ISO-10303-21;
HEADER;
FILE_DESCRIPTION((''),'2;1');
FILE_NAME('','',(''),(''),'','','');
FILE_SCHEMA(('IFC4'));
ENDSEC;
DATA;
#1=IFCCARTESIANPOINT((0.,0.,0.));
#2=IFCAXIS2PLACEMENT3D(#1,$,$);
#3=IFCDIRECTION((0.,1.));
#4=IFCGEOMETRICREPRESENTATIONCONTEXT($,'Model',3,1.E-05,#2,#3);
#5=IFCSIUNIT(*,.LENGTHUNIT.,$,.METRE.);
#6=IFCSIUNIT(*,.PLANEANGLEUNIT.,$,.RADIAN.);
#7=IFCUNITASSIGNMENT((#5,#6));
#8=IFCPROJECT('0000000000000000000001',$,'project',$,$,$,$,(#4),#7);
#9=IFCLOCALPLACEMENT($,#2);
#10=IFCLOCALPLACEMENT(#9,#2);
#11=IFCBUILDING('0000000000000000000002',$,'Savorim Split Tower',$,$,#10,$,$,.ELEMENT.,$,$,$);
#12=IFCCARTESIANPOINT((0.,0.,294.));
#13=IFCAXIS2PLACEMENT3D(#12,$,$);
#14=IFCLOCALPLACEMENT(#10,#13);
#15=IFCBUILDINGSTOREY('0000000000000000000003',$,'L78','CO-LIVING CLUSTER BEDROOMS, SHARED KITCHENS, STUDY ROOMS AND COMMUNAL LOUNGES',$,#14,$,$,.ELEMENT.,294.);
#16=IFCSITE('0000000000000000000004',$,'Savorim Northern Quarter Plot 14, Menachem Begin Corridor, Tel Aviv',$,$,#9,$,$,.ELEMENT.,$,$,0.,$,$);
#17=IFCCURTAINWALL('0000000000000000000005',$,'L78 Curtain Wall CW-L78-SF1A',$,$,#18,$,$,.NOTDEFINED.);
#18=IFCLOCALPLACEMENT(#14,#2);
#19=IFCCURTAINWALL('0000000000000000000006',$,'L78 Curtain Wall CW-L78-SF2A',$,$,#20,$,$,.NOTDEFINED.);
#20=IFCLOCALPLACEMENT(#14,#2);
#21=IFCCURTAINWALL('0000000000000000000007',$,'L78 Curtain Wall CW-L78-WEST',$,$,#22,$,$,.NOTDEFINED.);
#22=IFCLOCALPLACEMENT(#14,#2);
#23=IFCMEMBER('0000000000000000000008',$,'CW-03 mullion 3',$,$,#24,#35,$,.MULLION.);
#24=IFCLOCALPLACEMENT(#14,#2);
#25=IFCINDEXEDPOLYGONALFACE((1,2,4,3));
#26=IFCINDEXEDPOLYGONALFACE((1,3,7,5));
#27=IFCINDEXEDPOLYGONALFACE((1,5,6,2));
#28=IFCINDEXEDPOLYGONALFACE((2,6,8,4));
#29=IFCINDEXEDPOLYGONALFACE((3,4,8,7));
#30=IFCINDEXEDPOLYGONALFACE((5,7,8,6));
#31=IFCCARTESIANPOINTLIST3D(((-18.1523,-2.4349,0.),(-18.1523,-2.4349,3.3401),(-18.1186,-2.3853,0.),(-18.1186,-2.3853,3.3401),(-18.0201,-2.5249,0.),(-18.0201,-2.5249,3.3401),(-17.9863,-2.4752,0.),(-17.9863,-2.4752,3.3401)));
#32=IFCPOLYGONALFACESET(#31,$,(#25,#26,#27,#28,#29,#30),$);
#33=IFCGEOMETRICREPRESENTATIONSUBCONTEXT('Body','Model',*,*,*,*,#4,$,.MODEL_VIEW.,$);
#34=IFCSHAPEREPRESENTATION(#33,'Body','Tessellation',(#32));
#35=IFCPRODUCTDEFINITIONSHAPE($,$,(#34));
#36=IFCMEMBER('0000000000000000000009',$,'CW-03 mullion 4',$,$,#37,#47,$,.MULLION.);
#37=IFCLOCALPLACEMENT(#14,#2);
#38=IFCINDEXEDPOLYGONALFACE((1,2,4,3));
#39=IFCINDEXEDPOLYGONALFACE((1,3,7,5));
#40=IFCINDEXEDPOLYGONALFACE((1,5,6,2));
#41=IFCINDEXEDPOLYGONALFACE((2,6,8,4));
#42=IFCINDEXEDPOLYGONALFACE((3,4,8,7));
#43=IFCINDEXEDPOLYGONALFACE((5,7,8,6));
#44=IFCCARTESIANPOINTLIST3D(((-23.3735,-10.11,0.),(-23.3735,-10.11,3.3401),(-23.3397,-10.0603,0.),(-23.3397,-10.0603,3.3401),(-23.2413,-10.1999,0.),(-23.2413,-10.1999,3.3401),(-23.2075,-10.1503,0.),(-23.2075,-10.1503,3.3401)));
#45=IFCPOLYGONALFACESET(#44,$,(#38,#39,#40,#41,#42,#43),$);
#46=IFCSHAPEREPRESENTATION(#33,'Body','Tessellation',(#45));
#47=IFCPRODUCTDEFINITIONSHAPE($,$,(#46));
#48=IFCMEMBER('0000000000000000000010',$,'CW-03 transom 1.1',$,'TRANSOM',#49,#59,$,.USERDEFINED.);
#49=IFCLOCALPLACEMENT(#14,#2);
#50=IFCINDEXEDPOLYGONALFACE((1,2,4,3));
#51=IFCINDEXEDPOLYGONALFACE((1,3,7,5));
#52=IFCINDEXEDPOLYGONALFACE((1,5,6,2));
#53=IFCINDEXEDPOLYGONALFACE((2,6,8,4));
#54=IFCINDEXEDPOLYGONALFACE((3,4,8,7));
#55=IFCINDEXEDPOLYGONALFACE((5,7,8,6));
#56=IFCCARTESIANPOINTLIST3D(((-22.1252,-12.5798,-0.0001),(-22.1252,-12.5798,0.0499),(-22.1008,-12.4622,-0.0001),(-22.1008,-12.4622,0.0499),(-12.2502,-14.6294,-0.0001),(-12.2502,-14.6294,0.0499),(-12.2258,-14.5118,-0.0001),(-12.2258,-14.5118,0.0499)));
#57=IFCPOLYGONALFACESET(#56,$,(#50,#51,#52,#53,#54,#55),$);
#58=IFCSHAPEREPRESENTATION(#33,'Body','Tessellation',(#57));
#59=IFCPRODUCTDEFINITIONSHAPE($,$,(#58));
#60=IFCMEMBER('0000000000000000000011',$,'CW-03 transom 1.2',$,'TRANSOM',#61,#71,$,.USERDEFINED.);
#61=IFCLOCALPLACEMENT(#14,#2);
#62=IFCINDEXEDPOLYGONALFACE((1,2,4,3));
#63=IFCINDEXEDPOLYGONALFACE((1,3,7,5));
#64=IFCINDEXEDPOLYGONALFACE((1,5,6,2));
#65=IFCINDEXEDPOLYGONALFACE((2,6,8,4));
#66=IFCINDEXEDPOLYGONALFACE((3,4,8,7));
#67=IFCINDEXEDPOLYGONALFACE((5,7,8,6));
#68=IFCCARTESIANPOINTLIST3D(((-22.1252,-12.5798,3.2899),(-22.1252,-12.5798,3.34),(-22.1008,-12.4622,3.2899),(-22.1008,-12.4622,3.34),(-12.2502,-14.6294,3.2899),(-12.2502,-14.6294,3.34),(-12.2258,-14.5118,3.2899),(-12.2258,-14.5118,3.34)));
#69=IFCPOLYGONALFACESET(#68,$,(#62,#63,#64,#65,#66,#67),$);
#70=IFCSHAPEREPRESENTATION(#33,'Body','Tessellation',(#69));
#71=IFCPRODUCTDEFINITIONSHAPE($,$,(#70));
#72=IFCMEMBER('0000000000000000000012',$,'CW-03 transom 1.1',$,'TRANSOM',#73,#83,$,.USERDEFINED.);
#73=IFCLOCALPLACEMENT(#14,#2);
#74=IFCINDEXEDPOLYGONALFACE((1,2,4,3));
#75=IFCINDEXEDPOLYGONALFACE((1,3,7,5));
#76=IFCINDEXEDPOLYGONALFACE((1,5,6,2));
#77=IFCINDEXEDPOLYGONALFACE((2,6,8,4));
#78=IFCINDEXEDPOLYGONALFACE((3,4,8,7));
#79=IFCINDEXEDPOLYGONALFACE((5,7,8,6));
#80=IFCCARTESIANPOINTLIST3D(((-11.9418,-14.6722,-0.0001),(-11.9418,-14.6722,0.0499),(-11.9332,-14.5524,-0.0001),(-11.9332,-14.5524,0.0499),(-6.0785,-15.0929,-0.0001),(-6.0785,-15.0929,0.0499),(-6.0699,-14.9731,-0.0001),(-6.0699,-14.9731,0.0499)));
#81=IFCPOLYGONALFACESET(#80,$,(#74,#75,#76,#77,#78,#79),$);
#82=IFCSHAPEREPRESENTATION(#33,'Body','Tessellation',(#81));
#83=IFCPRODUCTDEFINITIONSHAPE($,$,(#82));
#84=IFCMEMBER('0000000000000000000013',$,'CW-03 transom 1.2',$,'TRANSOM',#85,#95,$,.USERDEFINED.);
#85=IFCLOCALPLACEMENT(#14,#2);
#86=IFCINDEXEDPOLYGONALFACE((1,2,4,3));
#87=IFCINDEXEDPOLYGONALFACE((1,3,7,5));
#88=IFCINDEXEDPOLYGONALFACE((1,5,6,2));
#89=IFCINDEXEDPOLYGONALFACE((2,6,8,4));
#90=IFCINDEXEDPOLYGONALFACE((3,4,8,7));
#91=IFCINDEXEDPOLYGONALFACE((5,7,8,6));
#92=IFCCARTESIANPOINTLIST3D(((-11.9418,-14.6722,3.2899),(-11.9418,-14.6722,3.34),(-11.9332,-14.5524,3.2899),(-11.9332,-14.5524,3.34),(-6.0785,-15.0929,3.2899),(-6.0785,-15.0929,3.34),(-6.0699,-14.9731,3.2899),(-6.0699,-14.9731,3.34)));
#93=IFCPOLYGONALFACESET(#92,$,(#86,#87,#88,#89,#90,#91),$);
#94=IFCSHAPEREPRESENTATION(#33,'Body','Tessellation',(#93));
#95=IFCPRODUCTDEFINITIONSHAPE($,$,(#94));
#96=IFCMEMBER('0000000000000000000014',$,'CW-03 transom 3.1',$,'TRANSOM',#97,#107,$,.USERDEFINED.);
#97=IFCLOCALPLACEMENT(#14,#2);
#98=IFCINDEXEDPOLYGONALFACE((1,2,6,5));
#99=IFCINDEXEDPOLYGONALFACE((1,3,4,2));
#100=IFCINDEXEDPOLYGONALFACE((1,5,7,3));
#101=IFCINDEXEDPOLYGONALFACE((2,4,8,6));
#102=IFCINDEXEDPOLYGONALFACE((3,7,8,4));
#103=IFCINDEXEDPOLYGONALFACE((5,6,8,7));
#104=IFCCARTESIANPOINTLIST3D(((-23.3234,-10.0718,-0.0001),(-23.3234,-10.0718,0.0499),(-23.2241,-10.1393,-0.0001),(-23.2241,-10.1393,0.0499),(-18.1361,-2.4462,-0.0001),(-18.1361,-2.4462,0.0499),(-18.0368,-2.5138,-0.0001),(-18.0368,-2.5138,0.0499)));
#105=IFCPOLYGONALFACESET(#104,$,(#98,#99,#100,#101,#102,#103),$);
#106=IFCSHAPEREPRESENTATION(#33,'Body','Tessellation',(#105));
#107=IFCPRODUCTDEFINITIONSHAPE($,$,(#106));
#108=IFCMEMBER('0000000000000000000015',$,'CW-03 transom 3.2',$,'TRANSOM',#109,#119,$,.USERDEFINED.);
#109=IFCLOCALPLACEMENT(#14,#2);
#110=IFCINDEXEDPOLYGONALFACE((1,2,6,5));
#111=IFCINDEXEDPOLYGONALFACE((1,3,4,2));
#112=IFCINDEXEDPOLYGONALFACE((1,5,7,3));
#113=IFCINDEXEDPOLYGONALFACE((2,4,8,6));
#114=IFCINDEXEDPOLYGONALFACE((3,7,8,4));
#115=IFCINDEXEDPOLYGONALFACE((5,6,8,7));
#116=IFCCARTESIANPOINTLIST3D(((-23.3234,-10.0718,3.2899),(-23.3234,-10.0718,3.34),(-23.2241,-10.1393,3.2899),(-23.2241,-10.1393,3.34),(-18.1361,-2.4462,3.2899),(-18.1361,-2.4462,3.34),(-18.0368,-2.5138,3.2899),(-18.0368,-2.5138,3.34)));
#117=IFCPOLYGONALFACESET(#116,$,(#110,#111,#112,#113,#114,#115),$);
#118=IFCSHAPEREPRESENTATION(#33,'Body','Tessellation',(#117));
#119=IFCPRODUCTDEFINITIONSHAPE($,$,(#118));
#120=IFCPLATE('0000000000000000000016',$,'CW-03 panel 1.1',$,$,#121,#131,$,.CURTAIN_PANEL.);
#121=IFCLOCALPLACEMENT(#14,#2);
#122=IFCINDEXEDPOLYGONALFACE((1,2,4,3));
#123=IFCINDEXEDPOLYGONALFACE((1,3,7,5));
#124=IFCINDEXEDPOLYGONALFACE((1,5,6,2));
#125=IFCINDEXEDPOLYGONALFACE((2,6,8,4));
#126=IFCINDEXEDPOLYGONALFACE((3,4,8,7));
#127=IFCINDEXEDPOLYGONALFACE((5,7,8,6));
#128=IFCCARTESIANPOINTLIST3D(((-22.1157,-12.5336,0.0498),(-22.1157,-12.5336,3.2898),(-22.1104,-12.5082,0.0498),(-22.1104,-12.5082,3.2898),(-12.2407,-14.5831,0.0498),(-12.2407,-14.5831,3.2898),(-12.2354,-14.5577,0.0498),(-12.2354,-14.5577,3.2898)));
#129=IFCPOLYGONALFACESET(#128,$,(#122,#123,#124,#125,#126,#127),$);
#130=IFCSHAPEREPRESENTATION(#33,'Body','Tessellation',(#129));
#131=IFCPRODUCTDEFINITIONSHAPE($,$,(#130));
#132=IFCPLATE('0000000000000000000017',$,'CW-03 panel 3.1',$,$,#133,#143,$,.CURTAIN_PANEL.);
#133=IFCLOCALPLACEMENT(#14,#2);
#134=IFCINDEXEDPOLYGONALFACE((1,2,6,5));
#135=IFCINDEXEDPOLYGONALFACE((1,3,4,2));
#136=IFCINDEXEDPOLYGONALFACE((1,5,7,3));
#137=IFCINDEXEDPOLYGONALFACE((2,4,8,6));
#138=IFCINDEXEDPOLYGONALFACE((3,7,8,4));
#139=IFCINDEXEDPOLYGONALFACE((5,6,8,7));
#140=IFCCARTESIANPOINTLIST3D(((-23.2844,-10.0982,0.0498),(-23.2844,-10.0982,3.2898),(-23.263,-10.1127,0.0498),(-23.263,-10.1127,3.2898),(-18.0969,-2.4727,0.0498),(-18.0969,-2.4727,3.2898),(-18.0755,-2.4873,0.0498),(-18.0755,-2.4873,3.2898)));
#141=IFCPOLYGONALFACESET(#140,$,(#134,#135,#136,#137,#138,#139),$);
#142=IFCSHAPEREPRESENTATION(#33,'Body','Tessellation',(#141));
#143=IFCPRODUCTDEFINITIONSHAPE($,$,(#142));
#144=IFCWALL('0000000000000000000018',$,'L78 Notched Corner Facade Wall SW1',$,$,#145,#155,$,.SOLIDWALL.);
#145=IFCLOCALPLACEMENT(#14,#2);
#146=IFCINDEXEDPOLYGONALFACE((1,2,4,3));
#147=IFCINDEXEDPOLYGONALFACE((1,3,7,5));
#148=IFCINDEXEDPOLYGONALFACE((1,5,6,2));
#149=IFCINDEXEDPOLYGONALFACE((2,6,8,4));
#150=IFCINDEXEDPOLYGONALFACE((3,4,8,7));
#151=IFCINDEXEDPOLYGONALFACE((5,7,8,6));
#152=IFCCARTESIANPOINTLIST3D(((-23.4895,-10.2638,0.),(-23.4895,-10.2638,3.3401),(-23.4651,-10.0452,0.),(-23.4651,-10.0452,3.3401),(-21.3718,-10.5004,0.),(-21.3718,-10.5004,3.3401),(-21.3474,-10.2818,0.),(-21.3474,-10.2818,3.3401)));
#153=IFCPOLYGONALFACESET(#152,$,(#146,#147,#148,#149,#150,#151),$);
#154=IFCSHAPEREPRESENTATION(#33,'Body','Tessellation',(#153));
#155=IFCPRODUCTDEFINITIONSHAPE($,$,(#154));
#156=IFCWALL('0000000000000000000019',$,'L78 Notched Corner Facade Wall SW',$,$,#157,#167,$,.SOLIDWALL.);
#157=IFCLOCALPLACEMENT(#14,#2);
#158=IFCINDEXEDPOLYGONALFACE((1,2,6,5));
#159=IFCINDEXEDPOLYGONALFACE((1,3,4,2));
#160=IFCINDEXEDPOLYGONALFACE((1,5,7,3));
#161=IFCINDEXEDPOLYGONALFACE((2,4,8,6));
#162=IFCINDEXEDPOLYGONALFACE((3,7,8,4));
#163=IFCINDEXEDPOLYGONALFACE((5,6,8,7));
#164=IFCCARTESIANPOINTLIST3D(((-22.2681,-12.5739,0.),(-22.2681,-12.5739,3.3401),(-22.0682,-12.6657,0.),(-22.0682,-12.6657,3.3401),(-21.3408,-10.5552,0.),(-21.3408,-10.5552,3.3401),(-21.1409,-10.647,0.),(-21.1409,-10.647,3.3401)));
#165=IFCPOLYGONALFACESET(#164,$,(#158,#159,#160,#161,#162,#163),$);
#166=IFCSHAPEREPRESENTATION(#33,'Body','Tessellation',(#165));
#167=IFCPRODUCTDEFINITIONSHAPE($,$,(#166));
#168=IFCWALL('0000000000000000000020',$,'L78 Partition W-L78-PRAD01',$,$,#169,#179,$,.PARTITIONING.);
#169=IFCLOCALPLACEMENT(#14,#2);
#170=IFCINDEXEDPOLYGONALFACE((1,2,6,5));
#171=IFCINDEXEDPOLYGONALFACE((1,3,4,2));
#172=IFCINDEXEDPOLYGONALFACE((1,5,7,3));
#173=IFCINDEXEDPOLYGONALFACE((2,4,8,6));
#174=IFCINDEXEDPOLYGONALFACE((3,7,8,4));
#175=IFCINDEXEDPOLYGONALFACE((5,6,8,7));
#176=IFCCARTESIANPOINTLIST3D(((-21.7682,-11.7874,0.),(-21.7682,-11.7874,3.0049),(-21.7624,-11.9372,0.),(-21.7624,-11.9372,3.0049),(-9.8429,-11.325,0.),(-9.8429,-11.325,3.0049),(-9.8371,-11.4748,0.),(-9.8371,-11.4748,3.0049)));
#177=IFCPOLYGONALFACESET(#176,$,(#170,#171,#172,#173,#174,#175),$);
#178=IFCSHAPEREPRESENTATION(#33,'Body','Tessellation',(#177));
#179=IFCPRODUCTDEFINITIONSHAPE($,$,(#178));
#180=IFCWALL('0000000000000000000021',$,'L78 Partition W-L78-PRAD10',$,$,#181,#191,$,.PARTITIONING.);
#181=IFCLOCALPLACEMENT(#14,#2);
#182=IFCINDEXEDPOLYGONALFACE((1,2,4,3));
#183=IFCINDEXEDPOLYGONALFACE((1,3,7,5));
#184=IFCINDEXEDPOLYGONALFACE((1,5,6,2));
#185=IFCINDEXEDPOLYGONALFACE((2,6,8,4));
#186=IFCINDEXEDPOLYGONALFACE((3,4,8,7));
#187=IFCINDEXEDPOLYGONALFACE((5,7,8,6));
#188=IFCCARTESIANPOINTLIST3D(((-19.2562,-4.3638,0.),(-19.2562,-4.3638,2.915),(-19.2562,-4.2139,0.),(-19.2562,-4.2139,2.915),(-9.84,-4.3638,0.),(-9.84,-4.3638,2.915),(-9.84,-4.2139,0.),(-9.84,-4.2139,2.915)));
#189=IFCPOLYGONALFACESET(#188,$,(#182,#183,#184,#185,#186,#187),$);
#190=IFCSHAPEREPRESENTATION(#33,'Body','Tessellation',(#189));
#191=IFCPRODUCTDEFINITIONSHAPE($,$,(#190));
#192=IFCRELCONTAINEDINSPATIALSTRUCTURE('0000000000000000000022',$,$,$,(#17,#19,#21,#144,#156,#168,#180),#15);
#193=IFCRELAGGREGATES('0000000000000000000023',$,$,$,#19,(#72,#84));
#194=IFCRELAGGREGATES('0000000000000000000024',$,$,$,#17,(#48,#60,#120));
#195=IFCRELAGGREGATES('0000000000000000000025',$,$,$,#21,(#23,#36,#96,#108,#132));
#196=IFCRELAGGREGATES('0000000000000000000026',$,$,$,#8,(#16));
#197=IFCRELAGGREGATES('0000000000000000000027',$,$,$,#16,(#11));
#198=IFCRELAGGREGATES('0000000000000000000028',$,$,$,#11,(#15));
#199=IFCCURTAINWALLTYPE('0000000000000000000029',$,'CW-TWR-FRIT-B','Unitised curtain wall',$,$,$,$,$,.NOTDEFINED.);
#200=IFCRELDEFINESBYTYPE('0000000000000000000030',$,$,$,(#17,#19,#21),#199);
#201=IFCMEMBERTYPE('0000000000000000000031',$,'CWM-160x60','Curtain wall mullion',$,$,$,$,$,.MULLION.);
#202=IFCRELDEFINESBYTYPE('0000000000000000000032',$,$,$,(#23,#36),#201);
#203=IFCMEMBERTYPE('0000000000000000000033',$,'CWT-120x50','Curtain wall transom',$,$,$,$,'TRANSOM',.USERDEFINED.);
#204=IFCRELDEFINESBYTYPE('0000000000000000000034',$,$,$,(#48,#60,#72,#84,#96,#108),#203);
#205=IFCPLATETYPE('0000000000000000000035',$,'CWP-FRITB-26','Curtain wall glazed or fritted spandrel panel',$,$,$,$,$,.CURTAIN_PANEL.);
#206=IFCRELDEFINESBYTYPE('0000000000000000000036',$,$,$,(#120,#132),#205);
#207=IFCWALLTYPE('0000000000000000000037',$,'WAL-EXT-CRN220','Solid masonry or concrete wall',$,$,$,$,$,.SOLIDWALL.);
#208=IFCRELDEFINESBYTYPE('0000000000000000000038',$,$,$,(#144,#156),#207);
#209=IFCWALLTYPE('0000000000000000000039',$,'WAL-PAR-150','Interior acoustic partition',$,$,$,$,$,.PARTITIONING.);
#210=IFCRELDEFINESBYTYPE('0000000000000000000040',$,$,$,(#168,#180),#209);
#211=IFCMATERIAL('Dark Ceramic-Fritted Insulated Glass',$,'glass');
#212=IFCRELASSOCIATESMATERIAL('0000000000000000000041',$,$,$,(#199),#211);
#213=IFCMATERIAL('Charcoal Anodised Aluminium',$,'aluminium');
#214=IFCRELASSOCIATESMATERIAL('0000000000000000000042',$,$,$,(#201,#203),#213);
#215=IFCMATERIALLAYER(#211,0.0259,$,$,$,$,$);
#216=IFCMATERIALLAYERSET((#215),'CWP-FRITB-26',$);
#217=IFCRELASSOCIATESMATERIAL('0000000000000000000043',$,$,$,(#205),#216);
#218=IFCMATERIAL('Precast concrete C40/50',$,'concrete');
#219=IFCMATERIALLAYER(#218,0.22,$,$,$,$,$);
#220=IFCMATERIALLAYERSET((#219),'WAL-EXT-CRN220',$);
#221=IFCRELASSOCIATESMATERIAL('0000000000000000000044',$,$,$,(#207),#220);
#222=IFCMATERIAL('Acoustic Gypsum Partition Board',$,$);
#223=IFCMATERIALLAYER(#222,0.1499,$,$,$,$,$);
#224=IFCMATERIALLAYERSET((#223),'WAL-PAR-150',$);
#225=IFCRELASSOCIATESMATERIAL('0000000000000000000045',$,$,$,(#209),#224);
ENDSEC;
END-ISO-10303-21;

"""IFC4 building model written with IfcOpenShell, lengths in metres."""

from ifc_helpers import new_model, si_unit, direction, frame, frame_2d, origin, origin_2d, place, context, subcontext, project, spatial, rectangle, extrude, material, layer, layer_set, material_profile, profile_set, type_object, element, aggregate, save


model = new_model("IFC4")

# Units and contexts
model_context = context("Model", 3, precision=1e-05, world=origin(), true_north=direction((0.0, 1.0)))
body_context = subcontext(model_context, "Body", "Model", "MODEL_VIEW")
ifc_project = project(units=[si_unit("LENGTHUNIT", "METRE"), si_unit("PLANEANGLEUNIT", "RADIAN")], contexts=[model_context])

# Site, building, storey
site_placement = place(None, origin())
site = spatial("IfcSite", under=ifc_project, at=site_placement, Name="Savorim Northern Quarter Plot 14, Menachem Begin Corridor, Tel Aviv", CompositionType="ELEMENT", RefElevation=0.0)
building_placement = place(site_placement, origin())
building = spatial("IfcBuilding", under=site, at=building_placement, Name="Savorim Split Tower", CompositionType="ELEMENT")
storey_placement = place(building_placement, frame((0.0, 0.0, 294.0)))
storey = spatial("IfcBuildingStorey", under=building, at=storey_placement, Name="L78", Description="CO-LIVING CLUSTER BEDROOMS, SHARED KITCHENS, STUDY ROOMS AND COMMUNAL LOUNGES", CompositionType="ELEMENT", Elevation=294.0)

# Curtain wall
ifc_material_1 = material(Name="Dark Ceramic-Fritted Insulated Glass", Category="glass")
curtain_wall_type = type_object("IfcCurtainWallType", Name="CW-TWR-FRIT-B", Description="Unitised curtain wall", PredefinedType="NOTDEFINED", material=ifc_material_1)
curtain_wall_1_placement = place(storey_placement, origin())
curtain_wall_1 = element("IfcCurtainWall", 1, at=curtain_wall_1_placement, inside=storey, type_object=curtain_wall_type, Name="L78 Curtain Wall CW-L78-SF1A", PredefinedType="NOTDEFINED")
ifc_material_2 = material(Name="Charcoal Anodised Aluminium", Category="aluminium")
ifc_material_profile_1 = material_profile(ifc_material_2, rectangle(XDim=0.1599, YDim=0.0601, at=origin_2d()), Name="ALU-M 160x60")
ifc_profile_set_1 = profile_set([ifc_material_profile_1], Name="Charcoal Anodised Aluminium")
member_type_1 = type_object("IfcMemberType", Name="CWM-160x60", Description="Curtain wall mullion", PredefinedType="MULLION", material=ifc_profile_set_1)

# Curtain wall
curtain_wall_2_placement = place(storey_placement, origin())
curtain_wall_2 = element("IfcCurtainWall", 2, at=curtain_wall_2_placement, inside=storey, type_object=curtain_wall_type, Name="L78 Curtain Wall CW-L78-SF2A", PredefinedType="NOTDEFINED")

# Curtain wall, members
curtain_wall_3_placement = place(storey_placement, origin())
curtain_wall_3 = element("IfcCurtainWall", 3, at=curtain_wall_3_placement, inside=storey, type_object=curtain_wall_type, Name="L78 Curtain Wall CW-L78-WEST", PredefinedType="NOTDEFINED")
member_1_placement = place(storey_placement, frame((-18.0693, -2.4551, 0.0), z_axis=(0.0, 0.0, 1.0), x_axis=(0.826818, -0.56247, 0.0)))
member_1 = element("IfcMember", 4, at=member_1_placement, type_object=member_type_1, Name="CW-03 mullion 3", PredefinedType="MULLION", context=body_context, shape_type="SweptSolid", body=[
    extrude(rectangle(XDim=0.1599, YDim=0.0601, at=origin_2d()), origin(), (0.0, 0.0, 1.0), 3.3401),
])
member_2_placement = place(storey_placement, frame((-23.2905, -10.1301, 0.0), z_axis=(0.0, 0.0, 1.0), x_axis=(0.826818, -0.56247, 0.0)))
member_2 = element("IfcMember", 5, at=member_2_placement, type_object=member_type_1, Name="CW-03 mullion 4", PredefinedType="MULLION", context=body_context, shape_type="SweptSolid", body=[
    extrude(rectangle(XDim=0.1599, YDim=0.0601, at=origin_2d()), origin(), (0.0, 0.0, 1.0), 3.3401),
])

# Members
ifc_material_profile_2 = material_profile(ifc_material_2, rectangle(XDim=0.1201, YDim=0.05, at=origin_2d()), Name="ALU-T 120x50")
ifc_profile_set_2 = profile_set([ifc_material_profile_2], Name="Charcoal Anodised Aluminium")
member_type_2 = type_object("IfcMemberType", Name="CWT-120x50", Description="Curtain wall transom", ElementType="TRANSOM", PredefinedType="USERDEFINED", material=ifc_profile_set_2)
member_3_placement = place(storey_placement, frame((-22.113, -12.521, 0.0249), z_axis=(0.979133, -0.20322, 0.0), x_axis=(0.20322, 0.979133, 0.0)))
member_3 = element("IfcMember", 6, at=member_3_placement, type_object=member_type_2, Name="CW-03 transom 1.1", ObjectType="TRANSOM", PredefinedType="USERDEFINED", context=body_context, shape_type="SweptSolid", body=[
    extrude(rectangle(XDim=0.1201, YDim=0.05, at=origin_2d()), origin(), (0.0, 0.0, 1.0), 10.0854),
])
member_4_placement = place(storey_placement, frame((-22.113, -12.521, 3.3149), z_axis=(0.979133, -0.20322, 0.0), x_axis=(0.20322, 0.979133, 0.0)))
member_4 = element("IfcMember", 7, at=member_4_placement, type_object=member_type_2, Name="CW-03 transom 1.2", ObjectType="TRANSOM", PredefinedType="USERDEFINED", context=body_context, shape_type="SweptSolid", body=[
    extrude(rectangle(XDim=0.1201, YDim=0.05, at=origin_2d()), origin(), (0.0, 0.0, 1.0), 10.0854),
])
member_5_placement = place(storey_placement, frame((-11.9375, -14.6123, 0.0249), z_axis=(0.997436, -0.07156, 0.0), x_axis=(0.07156, 0.997436, 0.0)))
member_5 = element("IfcMember", 8, at=member_5_placement, type_object=member_type_2, Name="CW-03 transom 1.1", ObjectType="TRANSOM", PredefinedType="USERDEFINED", context=body_context, shape_type="SweptSolid", body=[
    extrude(rectangle(XDim=0.1201, YDim=0.05, at=origin_2d()), origin(), (0.0, 0.0, 1.0), 5.8784),
])
member_6_placement = place(storey_placement, frame((-11.9375, -14.6123, 3.3149), z_axis=(0.997436, -0.07156, 0.0), x_axis=(0.07156, 0.997436, 0.0)))
member_6 = element("IfcMember", 9, at=member_6_placement, type_object=member_type_2, Name="CW-03 transom 1.2", ObjectType="TRANSOM", PredefinedType="USERDEFINED", context=body_context, shape_type="SweptSolid", body=[
    extrude(rectangle(XDim=0.1201, YDim=0.05, at=origin_2d()), origin(), (0.0, 0.0, 1.0), 5.8784),
])
aggregate(curtain_wall_2, [member_5, member_6])
member_7_placement = place(storey_placement, frame((-18.0864, -2.48, 0.0249), z_axis=(-0.562453, -0.826829, 0.0), x_axis=(0.826829, -0.562453, 0.0)))
member_7 = element("IfcMember", 10, at=member_7_placement, type_object=member_type_2, Name="CW-03 transom 3.1", ObjectType="TRANSOM", PredefinedType="USERDEFINED", context=body_context, shape_type="SweptSolid", body=[
    extrude(rectangle(XDim=0.1201, YDim=0.05, at=origin_2d()), origin(), (0.0, 0.0, 1.0), 9.2227),
])
member_8_placement = place(storey_placement, frame((-18.0864, -2.48, 3.3149), z_axis=(-0.562453, -0.826829, 0.0), x_axis=(0.826829, -0.562453, 0.0)))
member_8 = element("IfcMember", 11, at=member_8_placement, type_object=member_type_2, Name="CW-03 transom 3.2", ObjectType="TRANSOM", PredefinedType="USERDEFINED", context=body_context, shape_type="SweptSolid", body=[
    extrude(rectangle(XDim=0.1201, YDim=0.05, at=origin_2d()), origin(), (0.0, 0.0, 1.0), 9.2227),
])

# Plates
ifc_layer_1 = layer(ifc_material_1, 0.0259)
ifc_layer_set_1 = layer_set([ifc_layer_1], Name="CWP-FRITB-26")
plate_type = type_object("IfcPlateType", Name="CWP-FRITB-26", Description="Curtain wall glazed or fritted spandrel panel", PredefinedType="CURTAIN_PANEL", material=ifc_layer_set_1)
plate_1_placement = place(storey_placement, frame((-17.1755, -13.5457, 0.0498), z_axis=(0.0, 0.0, 1.0), x_axis=(0.979134, -0.203215, 0.0)))
plate_1 = element("IfcPlate", 12, at=plate_1_placement, type_object=plate_type, Name="CW-03 panel 1.1", PredefinedType="CURTAIN_PANEL", context=body_context, shape_type="SweptSolid", body=[
    extrude(rectangle(XDim=10.0854, YDim=0.0259, at=origin_2d()), origin(), (0.0, 0.0, 1.0), 3.24),
])
aggregate(curtain_wall_1, [member_3, member_4, plate_1])
plate_2_placement = place(storey_placement, frame((-20.6799, -6.2927, 0.0498), z_axis=(0.0, 0.0, 1.0), x_axis=(-0.56247, -0.826818, 0.0)))
plate_2 = element("IfcPlate", 13, at=plate_2_placement, type_object=plate_type, Name="CW-03 panel 3.1", PredefinedType="CURTAIN_PANEL", context=body_context, shape_type="SweptSolid", body=[
    extrude(rectangle(XDim=9.2227, YDim=0.0259, at=origin_2d()), origin(), (0.0, 0.0, 1.0), 3.24),
])
aggregate(curtain_wall_3, [member_1, member_2, member_7, member_8, plate_2])

# Walls
ifc_material_3 = material(Name="Precast concrete C40/50", Category="concrete")
ifc_layer_2 = layer(ifc_material_3, 0.22)
ifc_layer_set_2 = layer_set([ifc_layer_2], Name="WAL-EXT-CRN220")
wall_type_1 = type_object("IfcWallType", Name="WAL-EXT-CRN220", Description="Solid masonry or concrete wall", PredefinedType="SOLIDWALL", material=ifc_layer_set_2)
wall_1_placement = place(storey_placement, frame((-21.3596, -10.3911, 0.0), z_axis=(0.0, 0.0, 1.0), x_axis=(-0.993818, 0.111023, 0.0)))
element("IfcWall", 14, at=wall_1_placement, inside=storey, type_object=wall_type_1, Name="L78 Notched Corner Facade Wall SW1", PredefinedType="SOLIDWALL", context=body_context, shape_type="SweptSolid", body=[
    extrude(rectangle(XDim=2.1309, YDim=0.22, at=frame_2d((1.0654, 0.0))), origin(), (0.0, 0.0, 1.0), 3.3401),
])
wall_2_placement = place(storey_placement, frame((-22.1682, -12.6199, 0.0), z_axis=(0.0, 0.0, 1.0), x_axis=(0.417427, 0.908711, 0.0)))
element("IfcWall", 15, at=wall_2_placement, inside=storey, type_object=wall_type_1, Name="L78 Notched Corner Facade Wall SW", PredefinedType="SOLIDWALL", context=body_context, shape_type="SweptSolid", body=[
    extrude(rectangle(XDim=2.2214, YDim=0.22, at=frame_2d((1.1108, 0.0))), origin(), (0.0, 0.0, 1.0), 3.3401),
])
ifc_material_4 = material(Name="Acoustic Gypsum Partition Board")
ifc_layer_3 = layer(ifc_material_4, 0.1499)
ifc_layer_set_3 = layer_set([ifc_layer_3], Name="WAL-PAR-150")
wall_type_2 = type_object("IfcWallType", Name="WAL-PAR-150", Description="Interior acoustic partition", PredefinedType="PARTITIONING", material=ifc_layer_set_3)
wall_3_placement = place(storey_placement, frame((-9.8398, -11.3999, 0.0), z_axis=(0.0, 0.0, 1.0), x_axis=(-0.999249, -0.038746, 0.0)))
element("IfcWall", 16, at=wall_3_placement, inside=storey, type_object=wall_type_2, Name="L78 Partition W-L78-PRAD01", PredefinedType="PARTITIONING", context=body_context, shape_type="SweptSolid", body=[
    extrude(rectangle(XDim=11.9343, YDim=0.1499, at=frame_2d((5.9673, 0.0))), origin(), (0.0, 0.0, 1.0), 3.0049),
])
wall_4_placement = place(storey_placement, frame((-9.8401, -4.2888, 0.0), z_axis=(0.0, 0.0, 1.0), x_axis=(-1.0, 0.0, 0.0)))
element("IfcWall", 17, at=wall_4_placement, inside=storey, type_object=wall_type_2, Name="L78 Partition W-L78-PRAD10", PredefinedType="PARTITIONING", context=body_context, shape_type="SweptSolid", body=[
    extrude(rectangle(XDim=9.4163, YDim=0.1499, at=frame_2d((4.708, 0.0))), origin(), (0.0, 0.0, 1.0), 2.915),
])

save(model, "model.ifc")
